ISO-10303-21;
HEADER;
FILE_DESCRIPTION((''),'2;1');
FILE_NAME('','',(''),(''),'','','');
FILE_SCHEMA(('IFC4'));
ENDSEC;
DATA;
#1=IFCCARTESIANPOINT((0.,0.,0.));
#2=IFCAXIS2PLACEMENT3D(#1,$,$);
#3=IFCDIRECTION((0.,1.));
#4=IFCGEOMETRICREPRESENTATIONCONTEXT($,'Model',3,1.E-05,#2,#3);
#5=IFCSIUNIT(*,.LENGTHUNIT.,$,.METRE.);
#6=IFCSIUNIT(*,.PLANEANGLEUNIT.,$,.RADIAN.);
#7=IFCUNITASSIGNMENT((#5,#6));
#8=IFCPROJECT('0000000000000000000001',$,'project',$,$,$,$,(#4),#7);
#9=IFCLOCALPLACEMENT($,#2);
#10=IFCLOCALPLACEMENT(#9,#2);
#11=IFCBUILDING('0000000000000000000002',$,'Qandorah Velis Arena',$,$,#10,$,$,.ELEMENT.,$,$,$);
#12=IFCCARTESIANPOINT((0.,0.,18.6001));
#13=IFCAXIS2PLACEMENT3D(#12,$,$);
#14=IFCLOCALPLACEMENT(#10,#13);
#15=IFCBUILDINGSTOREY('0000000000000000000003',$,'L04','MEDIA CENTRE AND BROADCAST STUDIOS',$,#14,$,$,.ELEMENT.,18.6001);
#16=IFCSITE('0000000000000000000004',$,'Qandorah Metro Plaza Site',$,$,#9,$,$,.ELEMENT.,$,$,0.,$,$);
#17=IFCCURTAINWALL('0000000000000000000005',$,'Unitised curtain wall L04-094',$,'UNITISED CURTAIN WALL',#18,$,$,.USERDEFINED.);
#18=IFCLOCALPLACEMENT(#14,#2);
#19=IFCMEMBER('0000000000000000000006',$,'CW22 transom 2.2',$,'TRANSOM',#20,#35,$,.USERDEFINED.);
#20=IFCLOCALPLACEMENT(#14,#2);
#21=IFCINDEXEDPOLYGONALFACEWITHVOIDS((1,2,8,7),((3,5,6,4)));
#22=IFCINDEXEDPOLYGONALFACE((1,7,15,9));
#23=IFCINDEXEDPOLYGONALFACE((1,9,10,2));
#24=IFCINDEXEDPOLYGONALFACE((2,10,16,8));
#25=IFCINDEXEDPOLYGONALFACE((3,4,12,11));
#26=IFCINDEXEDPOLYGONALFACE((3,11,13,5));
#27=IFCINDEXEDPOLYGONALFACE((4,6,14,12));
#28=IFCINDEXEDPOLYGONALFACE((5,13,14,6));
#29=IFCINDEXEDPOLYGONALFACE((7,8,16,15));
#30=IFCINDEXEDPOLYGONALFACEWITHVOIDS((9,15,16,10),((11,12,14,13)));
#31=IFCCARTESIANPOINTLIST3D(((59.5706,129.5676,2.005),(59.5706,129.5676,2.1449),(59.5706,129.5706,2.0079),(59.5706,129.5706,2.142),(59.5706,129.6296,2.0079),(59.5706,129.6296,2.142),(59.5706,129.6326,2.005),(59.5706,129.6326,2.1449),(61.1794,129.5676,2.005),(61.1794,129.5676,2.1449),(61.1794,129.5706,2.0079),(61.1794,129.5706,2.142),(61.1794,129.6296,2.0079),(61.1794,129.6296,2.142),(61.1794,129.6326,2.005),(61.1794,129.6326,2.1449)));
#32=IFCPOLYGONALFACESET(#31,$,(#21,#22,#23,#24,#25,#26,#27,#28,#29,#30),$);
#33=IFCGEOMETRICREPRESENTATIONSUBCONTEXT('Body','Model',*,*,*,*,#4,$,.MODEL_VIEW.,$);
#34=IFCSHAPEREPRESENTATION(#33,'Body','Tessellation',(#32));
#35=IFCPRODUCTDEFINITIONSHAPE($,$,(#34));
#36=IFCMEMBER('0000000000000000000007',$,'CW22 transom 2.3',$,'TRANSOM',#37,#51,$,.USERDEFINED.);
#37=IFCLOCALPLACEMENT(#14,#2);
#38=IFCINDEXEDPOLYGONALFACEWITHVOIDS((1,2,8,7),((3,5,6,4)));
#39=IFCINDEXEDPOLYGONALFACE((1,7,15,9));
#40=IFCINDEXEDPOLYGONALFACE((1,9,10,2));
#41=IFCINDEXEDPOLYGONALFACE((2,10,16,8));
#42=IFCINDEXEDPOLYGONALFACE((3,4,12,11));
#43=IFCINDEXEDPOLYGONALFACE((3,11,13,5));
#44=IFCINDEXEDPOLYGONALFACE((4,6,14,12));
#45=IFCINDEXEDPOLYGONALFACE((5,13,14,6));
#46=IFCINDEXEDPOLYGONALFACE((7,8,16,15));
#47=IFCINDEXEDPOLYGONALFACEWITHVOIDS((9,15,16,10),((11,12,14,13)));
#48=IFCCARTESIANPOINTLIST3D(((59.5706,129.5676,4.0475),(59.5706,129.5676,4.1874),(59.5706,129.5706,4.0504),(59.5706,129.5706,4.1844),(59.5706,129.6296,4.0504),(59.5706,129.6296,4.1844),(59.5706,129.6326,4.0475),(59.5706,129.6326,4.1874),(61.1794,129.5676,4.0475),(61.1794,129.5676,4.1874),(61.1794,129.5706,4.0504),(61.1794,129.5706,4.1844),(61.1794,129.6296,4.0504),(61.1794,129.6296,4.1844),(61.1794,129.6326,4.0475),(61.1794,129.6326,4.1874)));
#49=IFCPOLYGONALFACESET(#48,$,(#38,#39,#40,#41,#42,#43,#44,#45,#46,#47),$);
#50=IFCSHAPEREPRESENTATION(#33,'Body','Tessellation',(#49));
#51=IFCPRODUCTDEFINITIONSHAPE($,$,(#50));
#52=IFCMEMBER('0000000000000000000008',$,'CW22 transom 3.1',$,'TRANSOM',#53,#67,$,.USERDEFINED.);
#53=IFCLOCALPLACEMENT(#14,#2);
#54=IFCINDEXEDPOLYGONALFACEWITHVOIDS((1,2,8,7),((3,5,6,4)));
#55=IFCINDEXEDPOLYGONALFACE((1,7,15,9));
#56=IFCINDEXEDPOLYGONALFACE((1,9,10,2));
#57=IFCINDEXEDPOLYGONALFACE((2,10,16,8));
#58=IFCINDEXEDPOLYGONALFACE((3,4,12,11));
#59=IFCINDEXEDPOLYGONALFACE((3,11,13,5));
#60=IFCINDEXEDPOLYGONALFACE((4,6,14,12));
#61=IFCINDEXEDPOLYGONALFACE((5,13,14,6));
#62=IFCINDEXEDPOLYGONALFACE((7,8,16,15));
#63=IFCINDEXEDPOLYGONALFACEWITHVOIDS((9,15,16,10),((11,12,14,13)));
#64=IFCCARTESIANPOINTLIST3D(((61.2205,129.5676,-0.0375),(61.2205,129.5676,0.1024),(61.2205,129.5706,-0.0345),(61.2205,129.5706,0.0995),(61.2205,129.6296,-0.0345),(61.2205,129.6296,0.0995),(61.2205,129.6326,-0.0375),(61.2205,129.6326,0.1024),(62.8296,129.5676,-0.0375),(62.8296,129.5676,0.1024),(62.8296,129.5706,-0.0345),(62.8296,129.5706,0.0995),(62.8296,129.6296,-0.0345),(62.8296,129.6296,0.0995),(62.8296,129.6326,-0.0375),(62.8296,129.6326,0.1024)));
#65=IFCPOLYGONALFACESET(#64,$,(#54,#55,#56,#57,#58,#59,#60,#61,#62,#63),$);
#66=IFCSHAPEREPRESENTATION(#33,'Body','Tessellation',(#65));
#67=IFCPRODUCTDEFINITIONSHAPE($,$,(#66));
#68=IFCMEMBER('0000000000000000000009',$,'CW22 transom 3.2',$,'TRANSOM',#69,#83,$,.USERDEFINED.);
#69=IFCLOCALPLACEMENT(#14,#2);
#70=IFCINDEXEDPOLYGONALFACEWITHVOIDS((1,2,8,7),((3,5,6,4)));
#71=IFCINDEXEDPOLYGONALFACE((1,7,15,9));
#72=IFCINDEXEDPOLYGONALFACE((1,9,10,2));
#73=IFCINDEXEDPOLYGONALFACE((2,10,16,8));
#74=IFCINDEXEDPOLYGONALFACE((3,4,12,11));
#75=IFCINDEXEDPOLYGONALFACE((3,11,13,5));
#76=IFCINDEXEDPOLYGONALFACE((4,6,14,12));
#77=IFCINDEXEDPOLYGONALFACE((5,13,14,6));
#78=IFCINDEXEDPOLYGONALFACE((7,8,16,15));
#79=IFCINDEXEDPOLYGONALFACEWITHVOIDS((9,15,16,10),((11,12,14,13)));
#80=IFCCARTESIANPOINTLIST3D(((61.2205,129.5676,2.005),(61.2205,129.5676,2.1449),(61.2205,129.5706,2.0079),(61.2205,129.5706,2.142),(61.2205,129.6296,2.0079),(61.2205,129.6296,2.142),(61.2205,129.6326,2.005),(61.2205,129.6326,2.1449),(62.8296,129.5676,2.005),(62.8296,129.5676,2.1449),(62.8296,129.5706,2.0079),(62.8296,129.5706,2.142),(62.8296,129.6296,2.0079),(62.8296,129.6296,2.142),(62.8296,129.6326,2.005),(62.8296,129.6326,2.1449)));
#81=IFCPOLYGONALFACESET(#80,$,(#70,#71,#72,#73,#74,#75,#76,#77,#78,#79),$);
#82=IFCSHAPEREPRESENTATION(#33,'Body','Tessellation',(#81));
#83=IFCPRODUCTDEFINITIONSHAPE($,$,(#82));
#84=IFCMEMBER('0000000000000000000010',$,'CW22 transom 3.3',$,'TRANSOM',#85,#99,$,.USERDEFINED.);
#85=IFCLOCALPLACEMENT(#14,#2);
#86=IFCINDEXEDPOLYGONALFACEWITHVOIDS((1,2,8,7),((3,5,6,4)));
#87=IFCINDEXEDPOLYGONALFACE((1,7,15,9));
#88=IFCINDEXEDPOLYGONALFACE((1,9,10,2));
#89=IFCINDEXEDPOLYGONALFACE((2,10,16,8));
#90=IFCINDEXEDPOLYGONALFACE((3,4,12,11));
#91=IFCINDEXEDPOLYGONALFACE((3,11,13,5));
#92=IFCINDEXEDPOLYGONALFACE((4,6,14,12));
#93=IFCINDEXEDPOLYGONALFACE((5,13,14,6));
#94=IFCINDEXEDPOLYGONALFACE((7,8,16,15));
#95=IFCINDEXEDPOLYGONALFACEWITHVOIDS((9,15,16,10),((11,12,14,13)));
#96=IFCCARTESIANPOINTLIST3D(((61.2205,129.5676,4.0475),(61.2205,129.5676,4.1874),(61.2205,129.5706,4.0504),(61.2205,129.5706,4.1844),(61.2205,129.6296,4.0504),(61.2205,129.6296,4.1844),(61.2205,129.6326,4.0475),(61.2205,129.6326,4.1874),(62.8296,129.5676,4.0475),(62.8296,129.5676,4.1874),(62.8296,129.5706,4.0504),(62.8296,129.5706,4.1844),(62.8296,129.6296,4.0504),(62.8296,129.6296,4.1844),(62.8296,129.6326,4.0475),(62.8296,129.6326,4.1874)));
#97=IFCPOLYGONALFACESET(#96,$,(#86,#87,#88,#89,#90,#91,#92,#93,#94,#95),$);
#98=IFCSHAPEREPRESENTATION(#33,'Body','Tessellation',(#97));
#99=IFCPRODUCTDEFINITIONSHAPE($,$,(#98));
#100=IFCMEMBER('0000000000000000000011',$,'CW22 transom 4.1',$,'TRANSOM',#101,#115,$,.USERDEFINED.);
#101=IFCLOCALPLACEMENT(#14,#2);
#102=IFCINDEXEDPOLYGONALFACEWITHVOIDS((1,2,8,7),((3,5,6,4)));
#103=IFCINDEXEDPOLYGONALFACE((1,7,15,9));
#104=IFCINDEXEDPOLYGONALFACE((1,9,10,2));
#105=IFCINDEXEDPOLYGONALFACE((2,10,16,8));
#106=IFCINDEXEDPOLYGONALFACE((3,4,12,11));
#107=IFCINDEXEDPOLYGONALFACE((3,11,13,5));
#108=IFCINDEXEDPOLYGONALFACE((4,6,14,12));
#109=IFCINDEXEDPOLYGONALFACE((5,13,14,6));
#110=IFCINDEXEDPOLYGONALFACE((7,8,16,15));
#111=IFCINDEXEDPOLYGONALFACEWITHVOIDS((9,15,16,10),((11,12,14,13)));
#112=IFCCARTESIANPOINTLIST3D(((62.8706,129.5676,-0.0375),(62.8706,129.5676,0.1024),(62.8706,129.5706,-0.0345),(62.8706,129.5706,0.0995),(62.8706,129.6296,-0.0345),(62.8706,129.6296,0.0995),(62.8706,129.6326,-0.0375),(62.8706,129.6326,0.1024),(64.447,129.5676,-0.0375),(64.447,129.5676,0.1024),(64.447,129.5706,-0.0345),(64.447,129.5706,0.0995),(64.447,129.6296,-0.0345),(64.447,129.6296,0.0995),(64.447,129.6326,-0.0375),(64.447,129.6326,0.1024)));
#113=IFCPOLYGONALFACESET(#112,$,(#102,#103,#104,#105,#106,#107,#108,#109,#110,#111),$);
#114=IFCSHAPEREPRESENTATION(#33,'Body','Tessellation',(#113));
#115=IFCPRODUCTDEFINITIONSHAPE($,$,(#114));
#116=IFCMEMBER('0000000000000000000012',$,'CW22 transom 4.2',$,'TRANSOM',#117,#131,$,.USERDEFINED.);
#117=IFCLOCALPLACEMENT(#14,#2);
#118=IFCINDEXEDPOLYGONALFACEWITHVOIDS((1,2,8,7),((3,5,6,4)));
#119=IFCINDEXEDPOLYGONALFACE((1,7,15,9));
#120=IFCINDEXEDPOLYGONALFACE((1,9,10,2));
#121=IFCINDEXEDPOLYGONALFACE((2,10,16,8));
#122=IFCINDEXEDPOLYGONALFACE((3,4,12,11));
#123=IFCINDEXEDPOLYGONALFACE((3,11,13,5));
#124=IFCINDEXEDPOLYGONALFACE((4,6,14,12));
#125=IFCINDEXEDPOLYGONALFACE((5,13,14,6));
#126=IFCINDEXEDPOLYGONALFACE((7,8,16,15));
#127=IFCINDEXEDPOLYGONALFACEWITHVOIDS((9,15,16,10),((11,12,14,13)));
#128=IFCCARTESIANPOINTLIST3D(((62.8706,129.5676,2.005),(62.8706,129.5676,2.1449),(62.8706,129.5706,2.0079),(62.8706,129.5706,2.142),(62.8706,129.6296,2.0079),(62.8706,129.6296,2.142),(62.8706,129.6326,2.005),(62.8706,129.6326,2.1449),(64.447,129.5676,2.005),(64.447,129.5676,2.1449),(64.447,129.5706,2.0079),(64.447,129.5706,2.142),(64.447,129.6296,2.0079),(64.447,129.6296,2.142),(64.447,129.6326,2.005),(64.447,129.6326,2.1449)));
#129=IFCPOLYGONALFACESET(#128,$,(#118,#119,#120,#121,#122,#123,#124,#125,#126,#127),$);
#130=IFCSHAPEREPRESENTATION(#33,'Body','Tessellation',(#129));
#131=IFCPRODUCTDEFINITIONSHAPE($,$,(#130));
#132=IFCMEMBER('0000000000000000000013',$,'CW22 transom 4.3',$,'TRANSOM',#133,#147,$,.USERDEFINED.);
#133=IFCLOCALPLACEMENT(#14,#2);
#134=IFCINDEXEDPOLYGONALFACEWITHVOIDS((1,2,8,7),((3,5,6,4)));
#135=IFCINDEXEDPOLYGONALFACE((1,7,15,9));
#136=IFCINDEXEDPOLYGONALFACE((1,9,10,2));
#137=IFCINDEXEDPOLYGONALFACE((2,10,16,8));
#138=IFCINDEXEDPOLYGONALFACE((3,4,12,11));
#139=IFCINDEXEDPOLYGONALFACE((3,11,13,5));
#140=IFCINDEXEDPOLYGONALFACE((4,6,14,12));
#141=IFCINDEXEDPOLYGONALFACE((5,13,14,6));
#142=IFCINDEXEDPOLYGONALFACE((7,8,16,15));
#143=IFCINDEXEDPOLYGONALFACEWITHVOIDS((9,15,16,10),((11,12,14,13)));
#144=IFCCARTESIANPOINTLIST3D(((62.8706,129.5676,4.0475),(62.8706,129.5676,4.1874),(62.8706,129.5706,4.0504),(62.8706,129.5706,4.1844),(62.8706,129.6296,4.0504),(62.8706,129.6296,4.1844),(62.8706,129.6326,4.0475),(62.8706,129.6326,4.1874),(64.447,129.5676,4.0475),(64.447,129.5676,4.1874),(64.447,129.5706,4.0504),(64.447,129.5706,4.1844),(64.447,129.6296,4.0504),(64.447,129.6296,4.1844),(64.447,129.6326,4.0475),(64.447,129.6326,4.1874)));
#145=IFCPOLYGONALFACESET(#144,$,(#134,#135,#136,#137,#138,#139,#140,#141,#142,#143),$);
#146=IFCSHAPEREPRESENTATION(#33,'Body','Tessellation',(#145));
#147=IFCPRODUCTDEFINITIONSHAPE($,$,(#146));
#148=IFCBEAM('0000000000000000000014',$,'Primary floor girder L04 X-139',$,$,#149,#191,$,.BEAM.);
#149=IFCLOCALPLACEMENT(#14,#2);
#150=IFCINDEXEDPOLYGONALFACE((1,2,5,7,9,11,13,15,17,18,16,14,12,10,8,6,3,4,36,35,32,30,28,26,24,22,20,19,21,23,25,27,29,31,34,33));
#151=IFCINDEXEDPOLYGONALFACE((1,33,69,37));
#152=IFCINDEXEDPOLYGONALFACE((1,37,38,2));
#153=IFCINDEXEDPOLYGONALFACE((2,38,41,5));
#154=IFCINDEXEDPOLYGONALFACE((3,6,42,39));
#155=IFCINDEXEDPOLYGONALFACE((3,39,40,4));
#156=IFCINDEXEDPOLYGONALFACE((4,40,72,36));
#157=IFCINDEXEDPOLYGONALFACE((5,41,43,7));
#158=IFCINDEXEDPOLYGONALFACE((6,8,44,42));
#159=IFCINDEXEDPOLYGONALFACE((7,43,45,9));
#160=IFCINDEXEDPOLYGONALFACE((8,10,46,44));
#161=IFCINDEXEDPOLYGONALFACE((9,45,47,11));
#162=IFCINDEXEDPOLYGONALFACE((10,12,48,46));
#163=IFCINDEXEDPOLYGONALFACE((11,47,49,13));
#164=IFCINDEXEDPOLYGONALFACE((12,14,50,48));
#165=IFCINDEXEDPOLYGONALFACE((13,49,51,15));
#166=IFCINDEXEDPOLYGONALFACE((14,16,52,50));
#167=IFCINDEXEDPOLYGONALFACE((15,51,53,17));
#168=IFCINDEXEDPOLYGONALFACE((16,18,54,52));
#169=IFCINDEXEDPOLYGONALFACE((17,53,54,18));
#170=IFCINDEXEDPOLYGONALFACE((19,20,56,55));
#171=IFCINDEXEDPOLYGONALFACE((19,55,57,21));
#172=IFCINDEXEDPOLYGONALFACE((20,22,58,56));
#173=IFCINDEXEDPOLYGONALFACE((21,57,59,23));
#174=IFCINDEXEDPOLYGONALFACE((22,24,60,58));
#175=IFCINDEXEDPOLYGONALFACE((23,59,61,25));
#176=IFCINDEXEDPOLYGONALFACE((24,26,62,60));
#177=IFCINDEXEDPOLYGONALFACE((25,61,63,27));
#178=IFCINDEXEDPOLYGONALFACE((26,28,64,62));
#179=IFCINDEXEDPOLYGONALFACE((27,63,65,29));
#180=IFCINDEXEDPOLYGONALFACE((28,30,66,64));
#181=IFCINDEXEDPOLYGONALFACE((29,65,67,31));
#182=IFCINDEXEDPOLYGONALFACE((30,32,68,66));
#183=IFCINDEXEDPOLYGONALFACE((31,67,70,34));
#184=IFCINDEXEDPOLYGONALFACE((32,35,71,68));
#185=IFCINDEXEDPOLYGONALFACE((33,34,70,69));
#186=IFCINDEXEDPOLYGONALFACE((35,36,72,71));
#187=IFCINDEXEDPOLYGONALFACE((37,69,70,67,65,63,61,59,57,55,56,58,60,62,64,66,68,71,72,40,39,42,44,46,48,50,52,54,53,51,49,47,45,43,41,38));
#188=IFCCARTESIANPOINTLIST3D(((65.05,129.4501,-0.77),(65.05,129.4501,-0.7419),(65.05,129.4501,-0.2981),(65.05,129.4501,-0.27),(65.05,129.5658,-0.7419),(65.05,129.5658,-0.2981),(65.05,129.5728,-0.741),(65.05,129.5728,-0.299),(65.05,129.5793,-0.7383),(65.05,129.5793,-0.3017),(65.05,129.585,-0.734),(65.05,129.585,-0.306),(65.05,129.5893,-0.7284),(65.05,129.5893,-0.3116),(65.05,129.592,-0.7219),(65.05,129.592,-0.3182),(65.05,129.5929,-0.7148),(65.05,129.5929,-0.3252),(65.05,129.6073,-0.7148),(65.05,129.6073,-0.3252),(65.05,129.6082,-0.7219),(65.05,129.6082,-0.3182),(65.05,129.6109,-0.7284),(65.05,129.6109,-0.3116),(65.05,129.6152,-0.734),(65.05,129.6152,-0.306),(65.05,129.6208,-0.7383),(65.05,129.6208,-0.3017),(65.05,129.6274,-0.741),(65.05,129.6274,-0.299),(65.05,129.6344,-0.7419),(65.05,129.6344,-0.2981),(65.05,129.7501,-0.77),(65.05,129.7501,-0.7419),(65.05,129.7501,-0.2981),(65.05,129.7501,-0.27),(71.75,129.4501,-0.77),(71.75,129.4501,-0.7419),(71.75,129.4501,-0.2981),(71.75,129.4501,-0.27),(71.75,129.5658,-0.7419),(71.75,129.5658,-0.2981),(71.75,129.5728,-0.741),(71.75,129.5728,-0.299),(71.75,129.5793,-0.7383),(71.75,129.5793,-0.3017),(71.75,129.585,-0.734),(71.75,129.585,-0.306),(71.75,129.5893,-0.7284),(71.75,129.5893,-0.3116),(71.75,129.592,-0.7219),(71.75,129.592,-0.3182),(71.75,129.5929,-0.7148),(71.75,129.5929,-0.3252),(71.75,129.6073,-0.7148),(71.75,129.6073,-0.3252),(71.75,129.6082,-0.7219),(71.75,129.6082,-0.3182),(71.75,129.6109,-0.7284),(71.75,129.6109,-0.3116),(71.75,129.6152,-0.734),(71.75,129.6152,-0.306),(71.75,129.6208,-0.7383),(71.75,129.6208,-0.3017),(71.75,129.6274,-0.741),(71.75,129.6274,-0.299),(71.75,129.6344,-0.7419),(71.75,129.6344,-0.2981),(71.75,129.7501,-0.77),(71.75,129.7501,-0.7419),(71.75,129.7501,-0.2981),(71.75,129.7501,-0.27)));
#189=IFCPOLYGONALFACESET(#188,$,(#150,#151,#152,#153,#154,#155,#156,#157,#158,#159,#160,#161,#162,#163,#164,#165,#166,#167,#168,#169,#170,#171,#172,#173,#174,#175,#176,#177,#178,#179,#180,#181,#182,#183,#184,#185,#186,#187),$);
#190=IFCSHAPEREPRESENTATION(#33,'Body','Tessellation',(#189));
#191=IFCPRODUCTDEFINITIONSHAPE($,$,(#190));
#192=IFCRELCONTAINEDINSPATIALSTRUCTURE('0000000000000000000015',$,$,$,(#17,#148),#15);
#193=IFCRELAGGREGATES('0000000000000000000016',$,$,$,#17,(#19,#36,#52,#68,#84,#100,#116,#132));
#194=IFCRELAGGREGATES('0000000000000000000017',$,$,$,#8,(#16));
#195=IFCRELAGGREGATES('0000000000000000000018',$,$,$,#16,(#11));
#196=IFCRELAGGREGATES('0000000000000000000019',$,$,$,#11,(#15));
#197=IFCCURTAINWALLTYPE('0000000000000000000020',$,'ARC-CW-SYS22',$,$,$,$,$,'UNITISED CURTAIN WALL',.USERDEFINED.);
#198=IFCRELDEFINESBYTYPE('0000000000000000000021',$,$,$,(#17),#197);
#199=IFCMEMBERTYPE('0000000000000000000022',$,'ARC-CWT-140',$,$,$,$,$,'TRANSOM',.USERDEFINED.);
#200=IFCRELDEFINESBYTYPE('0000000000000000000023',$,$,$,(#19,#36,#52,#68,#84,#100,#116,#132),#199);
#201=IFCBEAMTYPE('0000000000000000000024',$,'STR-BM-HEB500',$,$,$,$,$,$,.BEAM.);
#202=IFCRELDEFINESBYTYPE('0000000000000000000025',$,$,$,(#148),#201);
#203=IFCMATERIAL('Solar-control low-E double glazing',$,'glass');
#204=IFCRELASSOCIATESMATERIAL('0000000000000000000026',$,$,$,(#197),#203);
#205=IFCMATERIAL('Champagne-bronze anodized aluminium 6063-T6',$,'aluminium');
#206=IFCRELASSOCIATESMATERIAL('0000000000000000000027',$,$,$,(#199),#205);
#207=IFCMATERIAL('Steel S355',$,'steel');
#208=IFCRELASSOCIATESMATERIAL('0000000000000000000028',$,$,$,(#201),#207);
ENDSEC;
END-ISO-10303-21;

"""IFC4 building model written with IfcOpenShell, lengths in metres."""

from ifc_helpers import new_model, si_unit, direction, frame, origin, origin_2d, place, context, subcontext, project, spatial, hollow_rectangle, i_section, extrude, material, material_profile, profile_set, type_object, element, aggregate, save


model = new_model("IFC4")

# Units and contexts
model_context = context("Model", 3, precision=1e-05, world=origin(), true_north=direction((0.0, 1.0)))
body_context = subcontext(model_context, "Body", "Model", "MODEL_VIEW")
ifc_project = project(units=[si_unit("LENGTHUNIT", "METRE"), si_unit("PLANEANGLEUNIT", "RADIAN")], contexts=[model_context])

# Site, building, storey
site_placement = place(None, origin())
site = spatial("IfcSite", under=ifc_project, at=site_placement, Name="Qandorah Metro Plaza Site", CompositionType="ELEMENT", RefElevation=0.0)
building_placement = place(site_placement, origin())
building = spatial("IfcBuilding", under=site, at=building_placement, Name="Qandorah Velis Arena", CompositionType="ELEMENT")
storey_placement = place(building_placement, frame((0.0, 0.0, 18.6001)))
storey = spatial("IfcBuildingStorey", under=building, at=storey_placement, Name="L04", Description="MEDIA CENTRE AND BROADCAST STUDIOS", CompositionType="ELEMENT", Elevation=18.6001)

# Shared definitions
ifc_material_1 = material(Name="Steel S355", Category="steel")

# Shared definitions
ifc_material_2 = material(Name="Solar-control low-E double glazing", Category="glass")
ifc_material_3 = material(Name="Champagne-bronze anodized aluminium 6063-T6", Category="aluminium")

# Curtain wall, members
curtain_wall_type_1 = type_object("IfcCurtainWallType", Name="ARC-CW-SYS22", ElementType="UNITISED CURTAIN WALL", PredefinedType="USERDEFINED", material=ifc_material_2)
curtain_wall_1_placement = place(storey_placement, origin())
curtain_wall_1 = element("IfcCurtainWall", 1, at=curtain_wall_1_placement, inside=storey, type_object=curtain_wall_type_1, Name="Unitised curtain wall L04-094", ObjectType="UNITISED CURTAIN WALL", PredefinedType="USERDEFINED")
ifc_material_profile_1 = material_profile(ifc_material_3, hollow_rectangle(XDim=0.0649, YDim=0.1399, WallThickness=0.0029, at=origin_2d()), Name="ALU TRANSOM 65x140")
ifc_profile_set_1 = profile_set([ifc_material_profile_1], Name="Champagne-bronze anodized aluminium 6063-T6")
member_type_1 = type_object("IfcMemberType", Name="ARC-CWT-140", ElementType="TRANSOM", PredefinedType="USERDEFINED", material=ifc_profile_set_1)
member_1_placement = place(storey_placement, frame((59.5706, 129.6001, 2.075), z_axis=(1.0, 0.0, 0.0), x_axis=(0.0, 1.0, 0.0)))
member_1 = element("IfcMember", 2, at=member_1_placement, type_object=member_type_1, Name="CW22 transom 2.2", ObjectType="TRANSOM", PredefinedType="USERDEFINED", context=body_context, shape_type="SweptSolid", body=[
    extrude(hollow_rectangle(XDim=0.0649, YDim=0.1399, WallThickness=0.0029, at=origin_2d()), origin(), (0.0, 0.0, 1.0), 1.6089),
])
member_2_placement = place(storey_placement, frame((59.5706, 129.6001, 4.1174), z_axis=(1.0, 0.0, 0.0), x_axis=(0.0, 1.0, 0.0)))
member_2 = element("IfcMember", 3, at=member_2_placement, type_object=member_type_1, Name="CW22 transom 2.3", ObjectType="TRANSOM", PredefinedType="USERDEFINED", context=body_context, shape_type="SweptSolid", body=[
    extrude(hollow_rectangle(XDim=0.0649, YDim=0.1399, WallThickness=0.0029, at=origin_2d()), origin(), (0.0, 0.0, 1.0), 1.6089),
])
member_3_placement = place(storey_placement, frame((61.2205, 129.6001, 0.0325), z_axis=(1.0, 0.0, 0.0), x_axis=(0.0, 1.0, 0.0)))
member_3 = element("IfcMember", 4, at=member_3_placement, type_object=member_type_1, Name="CW22 transom 3.1", ObjectType="TRANSOM", PredefinedType="USERDEFINED", context=body_context, shape_type="SweptSolid", body=[
    extrude(hollow_rectangle(XDim=0.0649, YDim=0.1399, WallThickness=0.0029, at=origin_2d()), origin(), (0.0, 0.0, 1.0), 1.6091),
])
member_4_placement = place(storey_placement, frame((61.2205, 129.6001, 2.075), z_axis=(1.0, 0.0, 0.0), x_axis=(0.0, 1.0, 0.0)))
member_4 = element("IfcMember", 5, at=member_4_placement, type_object=member_type_1, Name="CW22 transom 3.2", ObjectType="TRANSOM", PredefinedType="USERDEFINED", context=body_context, shape_type="SweptSolid", body=[
    extrude(hollow_rectangle(XDim=0.0649, YDim=0.1399, WallThickness=0.0029, at=origin_2d()), origin(), (0.0, 0.0, 1.0), 1.6091),
])
member_5_placement = place(storey_placement, frame((61.2205, 129.6001, 4.1174), z_axis=(1.0, 0.0, 0.0), x_axis=(0.0, 1.0, 0.0)))
member_5 = element("IfcMember", 6, at=member_5_placement, type_object=member_type_1, Name="CW22 transom 3.3", ObjectType="TRANSOM", PredefinedType="USERDEFINED", context=body_context, shape_type="SweptSolid", body=[
    extrude(hollow_rectangle(XDim=0.0649, YDim=0.1399, WallThickness=0.0029, at=origin_2d()), origin(), (0.0, 0.0, 1.0), 1.6091),
])
member_6_placement = place(storey_placement, frame((62.8706, 129.6001, 0.0325), z_axis=(1.0, 0.0, 0.0), x_axis=(0.0, 1.0, 0.0)))
member_6 = element("IfcMember", 7, at=member_6_placement, type_object=member_type_1, Name="CW22 transom 4.1", ObjectType="TRANSOM", PredefinedType="USERDEFINED", context=body_context, shape_type="SweptSolid", body=[
    extrude(hollow_rectangle(XDim=0.0649, YDim=0.1399, WallThickness=0.0029, at=origin_2d()), origin(), (0.0, 0.0, 1.0), 1.5764),
])
member_7_placement = place(storey_placement, frame((62.8706, 129.6001, 2.075), z_axis=(1.0, 0.0, 0.0), x_axis=(0.0, 1.0, 0.0)))
member_7 = element("IfcMember", 8, at=member_7_placement, type_object=member_type_1, Name="CW22 transom 4.2", ObjectType="TRANSOM", PredefinedType="USERDEFINED", context=body_context, shape_type="SweptSolid", body=[
    extrude(hollow_rectangle(XDim=0.0649, YDim=0.1399, WallThickness=0.0029, at=origin_2d()), origin(), (0.0, 0.0, 1.0), 1.5764),
])
member_8_placement = place(storey_placement, frame((62.8706, 129.6001, 4.1174), z_axis=(1.0, 0.0, 0.0), x_axis=(0.0, 1.0, 0.0)))
member_8 = element("IfcMember", 9, at=member_8_placement, type_object=member_type_1, Name="CW22 transom 4.3", ObjectType="TRANSOM", PredefinedType="USERDEFINED", context=body_context, shape_type="SweptSolid", body=[
    extrude(hollow_rectangle(XDim=0.0649, YDim=0.1399, WallThickness=0.0029, at=origin_2d()), origin(), (0.0, 0.0, 1.0), 1.5764),
])

# Beam
ifc_material_profile_2 = material_profile(ifc_material_1, i_section(OverallWidth=0.3, OverallDepth=0.5, WebThickness=0.0144, FlangeThickness=0.0281, FilletRadius=0.0271, at=origin_2d()), Name="HEB 500")
ifc_profile_set_2 = profile_set([ifc_material_profile_2], Name="Steel S355")
beam_type = type_object("IfcBeamType", Name="STR-BM-HEB500", PredefinedType="BEAM", material=ifc_profile_set_2)
beam_placement = place(storey_placement, frame((65.05, 129.6001, -0.52), z_axis=(1.0, 0.0, 0.0), x_axis=(0.0, 1.0, 0.0)))
element("IfcBeam", 10, at=beam_placement, inside=storey, type_object=beam_type, Name="Primary floor girder L04 X-139", PredefinedType="BEAM", context=body_context, shape_type="SweptSolid", body=[
    extrude(i_section(OverallWidth=0.3, OverallDepth=0.5, WebThickness=0.0144, FlangeThickness=0.0281, FilletRadius=0.0271, at=origin_2d()), origin(), (0.0, 0.0, 1.0), 6.7),
])

aggregate(curtain_wall_1, [member_1, member_2, member_3, member_4, member_5, member_6, member_7, member_8])

save(model, "model.ifc")
